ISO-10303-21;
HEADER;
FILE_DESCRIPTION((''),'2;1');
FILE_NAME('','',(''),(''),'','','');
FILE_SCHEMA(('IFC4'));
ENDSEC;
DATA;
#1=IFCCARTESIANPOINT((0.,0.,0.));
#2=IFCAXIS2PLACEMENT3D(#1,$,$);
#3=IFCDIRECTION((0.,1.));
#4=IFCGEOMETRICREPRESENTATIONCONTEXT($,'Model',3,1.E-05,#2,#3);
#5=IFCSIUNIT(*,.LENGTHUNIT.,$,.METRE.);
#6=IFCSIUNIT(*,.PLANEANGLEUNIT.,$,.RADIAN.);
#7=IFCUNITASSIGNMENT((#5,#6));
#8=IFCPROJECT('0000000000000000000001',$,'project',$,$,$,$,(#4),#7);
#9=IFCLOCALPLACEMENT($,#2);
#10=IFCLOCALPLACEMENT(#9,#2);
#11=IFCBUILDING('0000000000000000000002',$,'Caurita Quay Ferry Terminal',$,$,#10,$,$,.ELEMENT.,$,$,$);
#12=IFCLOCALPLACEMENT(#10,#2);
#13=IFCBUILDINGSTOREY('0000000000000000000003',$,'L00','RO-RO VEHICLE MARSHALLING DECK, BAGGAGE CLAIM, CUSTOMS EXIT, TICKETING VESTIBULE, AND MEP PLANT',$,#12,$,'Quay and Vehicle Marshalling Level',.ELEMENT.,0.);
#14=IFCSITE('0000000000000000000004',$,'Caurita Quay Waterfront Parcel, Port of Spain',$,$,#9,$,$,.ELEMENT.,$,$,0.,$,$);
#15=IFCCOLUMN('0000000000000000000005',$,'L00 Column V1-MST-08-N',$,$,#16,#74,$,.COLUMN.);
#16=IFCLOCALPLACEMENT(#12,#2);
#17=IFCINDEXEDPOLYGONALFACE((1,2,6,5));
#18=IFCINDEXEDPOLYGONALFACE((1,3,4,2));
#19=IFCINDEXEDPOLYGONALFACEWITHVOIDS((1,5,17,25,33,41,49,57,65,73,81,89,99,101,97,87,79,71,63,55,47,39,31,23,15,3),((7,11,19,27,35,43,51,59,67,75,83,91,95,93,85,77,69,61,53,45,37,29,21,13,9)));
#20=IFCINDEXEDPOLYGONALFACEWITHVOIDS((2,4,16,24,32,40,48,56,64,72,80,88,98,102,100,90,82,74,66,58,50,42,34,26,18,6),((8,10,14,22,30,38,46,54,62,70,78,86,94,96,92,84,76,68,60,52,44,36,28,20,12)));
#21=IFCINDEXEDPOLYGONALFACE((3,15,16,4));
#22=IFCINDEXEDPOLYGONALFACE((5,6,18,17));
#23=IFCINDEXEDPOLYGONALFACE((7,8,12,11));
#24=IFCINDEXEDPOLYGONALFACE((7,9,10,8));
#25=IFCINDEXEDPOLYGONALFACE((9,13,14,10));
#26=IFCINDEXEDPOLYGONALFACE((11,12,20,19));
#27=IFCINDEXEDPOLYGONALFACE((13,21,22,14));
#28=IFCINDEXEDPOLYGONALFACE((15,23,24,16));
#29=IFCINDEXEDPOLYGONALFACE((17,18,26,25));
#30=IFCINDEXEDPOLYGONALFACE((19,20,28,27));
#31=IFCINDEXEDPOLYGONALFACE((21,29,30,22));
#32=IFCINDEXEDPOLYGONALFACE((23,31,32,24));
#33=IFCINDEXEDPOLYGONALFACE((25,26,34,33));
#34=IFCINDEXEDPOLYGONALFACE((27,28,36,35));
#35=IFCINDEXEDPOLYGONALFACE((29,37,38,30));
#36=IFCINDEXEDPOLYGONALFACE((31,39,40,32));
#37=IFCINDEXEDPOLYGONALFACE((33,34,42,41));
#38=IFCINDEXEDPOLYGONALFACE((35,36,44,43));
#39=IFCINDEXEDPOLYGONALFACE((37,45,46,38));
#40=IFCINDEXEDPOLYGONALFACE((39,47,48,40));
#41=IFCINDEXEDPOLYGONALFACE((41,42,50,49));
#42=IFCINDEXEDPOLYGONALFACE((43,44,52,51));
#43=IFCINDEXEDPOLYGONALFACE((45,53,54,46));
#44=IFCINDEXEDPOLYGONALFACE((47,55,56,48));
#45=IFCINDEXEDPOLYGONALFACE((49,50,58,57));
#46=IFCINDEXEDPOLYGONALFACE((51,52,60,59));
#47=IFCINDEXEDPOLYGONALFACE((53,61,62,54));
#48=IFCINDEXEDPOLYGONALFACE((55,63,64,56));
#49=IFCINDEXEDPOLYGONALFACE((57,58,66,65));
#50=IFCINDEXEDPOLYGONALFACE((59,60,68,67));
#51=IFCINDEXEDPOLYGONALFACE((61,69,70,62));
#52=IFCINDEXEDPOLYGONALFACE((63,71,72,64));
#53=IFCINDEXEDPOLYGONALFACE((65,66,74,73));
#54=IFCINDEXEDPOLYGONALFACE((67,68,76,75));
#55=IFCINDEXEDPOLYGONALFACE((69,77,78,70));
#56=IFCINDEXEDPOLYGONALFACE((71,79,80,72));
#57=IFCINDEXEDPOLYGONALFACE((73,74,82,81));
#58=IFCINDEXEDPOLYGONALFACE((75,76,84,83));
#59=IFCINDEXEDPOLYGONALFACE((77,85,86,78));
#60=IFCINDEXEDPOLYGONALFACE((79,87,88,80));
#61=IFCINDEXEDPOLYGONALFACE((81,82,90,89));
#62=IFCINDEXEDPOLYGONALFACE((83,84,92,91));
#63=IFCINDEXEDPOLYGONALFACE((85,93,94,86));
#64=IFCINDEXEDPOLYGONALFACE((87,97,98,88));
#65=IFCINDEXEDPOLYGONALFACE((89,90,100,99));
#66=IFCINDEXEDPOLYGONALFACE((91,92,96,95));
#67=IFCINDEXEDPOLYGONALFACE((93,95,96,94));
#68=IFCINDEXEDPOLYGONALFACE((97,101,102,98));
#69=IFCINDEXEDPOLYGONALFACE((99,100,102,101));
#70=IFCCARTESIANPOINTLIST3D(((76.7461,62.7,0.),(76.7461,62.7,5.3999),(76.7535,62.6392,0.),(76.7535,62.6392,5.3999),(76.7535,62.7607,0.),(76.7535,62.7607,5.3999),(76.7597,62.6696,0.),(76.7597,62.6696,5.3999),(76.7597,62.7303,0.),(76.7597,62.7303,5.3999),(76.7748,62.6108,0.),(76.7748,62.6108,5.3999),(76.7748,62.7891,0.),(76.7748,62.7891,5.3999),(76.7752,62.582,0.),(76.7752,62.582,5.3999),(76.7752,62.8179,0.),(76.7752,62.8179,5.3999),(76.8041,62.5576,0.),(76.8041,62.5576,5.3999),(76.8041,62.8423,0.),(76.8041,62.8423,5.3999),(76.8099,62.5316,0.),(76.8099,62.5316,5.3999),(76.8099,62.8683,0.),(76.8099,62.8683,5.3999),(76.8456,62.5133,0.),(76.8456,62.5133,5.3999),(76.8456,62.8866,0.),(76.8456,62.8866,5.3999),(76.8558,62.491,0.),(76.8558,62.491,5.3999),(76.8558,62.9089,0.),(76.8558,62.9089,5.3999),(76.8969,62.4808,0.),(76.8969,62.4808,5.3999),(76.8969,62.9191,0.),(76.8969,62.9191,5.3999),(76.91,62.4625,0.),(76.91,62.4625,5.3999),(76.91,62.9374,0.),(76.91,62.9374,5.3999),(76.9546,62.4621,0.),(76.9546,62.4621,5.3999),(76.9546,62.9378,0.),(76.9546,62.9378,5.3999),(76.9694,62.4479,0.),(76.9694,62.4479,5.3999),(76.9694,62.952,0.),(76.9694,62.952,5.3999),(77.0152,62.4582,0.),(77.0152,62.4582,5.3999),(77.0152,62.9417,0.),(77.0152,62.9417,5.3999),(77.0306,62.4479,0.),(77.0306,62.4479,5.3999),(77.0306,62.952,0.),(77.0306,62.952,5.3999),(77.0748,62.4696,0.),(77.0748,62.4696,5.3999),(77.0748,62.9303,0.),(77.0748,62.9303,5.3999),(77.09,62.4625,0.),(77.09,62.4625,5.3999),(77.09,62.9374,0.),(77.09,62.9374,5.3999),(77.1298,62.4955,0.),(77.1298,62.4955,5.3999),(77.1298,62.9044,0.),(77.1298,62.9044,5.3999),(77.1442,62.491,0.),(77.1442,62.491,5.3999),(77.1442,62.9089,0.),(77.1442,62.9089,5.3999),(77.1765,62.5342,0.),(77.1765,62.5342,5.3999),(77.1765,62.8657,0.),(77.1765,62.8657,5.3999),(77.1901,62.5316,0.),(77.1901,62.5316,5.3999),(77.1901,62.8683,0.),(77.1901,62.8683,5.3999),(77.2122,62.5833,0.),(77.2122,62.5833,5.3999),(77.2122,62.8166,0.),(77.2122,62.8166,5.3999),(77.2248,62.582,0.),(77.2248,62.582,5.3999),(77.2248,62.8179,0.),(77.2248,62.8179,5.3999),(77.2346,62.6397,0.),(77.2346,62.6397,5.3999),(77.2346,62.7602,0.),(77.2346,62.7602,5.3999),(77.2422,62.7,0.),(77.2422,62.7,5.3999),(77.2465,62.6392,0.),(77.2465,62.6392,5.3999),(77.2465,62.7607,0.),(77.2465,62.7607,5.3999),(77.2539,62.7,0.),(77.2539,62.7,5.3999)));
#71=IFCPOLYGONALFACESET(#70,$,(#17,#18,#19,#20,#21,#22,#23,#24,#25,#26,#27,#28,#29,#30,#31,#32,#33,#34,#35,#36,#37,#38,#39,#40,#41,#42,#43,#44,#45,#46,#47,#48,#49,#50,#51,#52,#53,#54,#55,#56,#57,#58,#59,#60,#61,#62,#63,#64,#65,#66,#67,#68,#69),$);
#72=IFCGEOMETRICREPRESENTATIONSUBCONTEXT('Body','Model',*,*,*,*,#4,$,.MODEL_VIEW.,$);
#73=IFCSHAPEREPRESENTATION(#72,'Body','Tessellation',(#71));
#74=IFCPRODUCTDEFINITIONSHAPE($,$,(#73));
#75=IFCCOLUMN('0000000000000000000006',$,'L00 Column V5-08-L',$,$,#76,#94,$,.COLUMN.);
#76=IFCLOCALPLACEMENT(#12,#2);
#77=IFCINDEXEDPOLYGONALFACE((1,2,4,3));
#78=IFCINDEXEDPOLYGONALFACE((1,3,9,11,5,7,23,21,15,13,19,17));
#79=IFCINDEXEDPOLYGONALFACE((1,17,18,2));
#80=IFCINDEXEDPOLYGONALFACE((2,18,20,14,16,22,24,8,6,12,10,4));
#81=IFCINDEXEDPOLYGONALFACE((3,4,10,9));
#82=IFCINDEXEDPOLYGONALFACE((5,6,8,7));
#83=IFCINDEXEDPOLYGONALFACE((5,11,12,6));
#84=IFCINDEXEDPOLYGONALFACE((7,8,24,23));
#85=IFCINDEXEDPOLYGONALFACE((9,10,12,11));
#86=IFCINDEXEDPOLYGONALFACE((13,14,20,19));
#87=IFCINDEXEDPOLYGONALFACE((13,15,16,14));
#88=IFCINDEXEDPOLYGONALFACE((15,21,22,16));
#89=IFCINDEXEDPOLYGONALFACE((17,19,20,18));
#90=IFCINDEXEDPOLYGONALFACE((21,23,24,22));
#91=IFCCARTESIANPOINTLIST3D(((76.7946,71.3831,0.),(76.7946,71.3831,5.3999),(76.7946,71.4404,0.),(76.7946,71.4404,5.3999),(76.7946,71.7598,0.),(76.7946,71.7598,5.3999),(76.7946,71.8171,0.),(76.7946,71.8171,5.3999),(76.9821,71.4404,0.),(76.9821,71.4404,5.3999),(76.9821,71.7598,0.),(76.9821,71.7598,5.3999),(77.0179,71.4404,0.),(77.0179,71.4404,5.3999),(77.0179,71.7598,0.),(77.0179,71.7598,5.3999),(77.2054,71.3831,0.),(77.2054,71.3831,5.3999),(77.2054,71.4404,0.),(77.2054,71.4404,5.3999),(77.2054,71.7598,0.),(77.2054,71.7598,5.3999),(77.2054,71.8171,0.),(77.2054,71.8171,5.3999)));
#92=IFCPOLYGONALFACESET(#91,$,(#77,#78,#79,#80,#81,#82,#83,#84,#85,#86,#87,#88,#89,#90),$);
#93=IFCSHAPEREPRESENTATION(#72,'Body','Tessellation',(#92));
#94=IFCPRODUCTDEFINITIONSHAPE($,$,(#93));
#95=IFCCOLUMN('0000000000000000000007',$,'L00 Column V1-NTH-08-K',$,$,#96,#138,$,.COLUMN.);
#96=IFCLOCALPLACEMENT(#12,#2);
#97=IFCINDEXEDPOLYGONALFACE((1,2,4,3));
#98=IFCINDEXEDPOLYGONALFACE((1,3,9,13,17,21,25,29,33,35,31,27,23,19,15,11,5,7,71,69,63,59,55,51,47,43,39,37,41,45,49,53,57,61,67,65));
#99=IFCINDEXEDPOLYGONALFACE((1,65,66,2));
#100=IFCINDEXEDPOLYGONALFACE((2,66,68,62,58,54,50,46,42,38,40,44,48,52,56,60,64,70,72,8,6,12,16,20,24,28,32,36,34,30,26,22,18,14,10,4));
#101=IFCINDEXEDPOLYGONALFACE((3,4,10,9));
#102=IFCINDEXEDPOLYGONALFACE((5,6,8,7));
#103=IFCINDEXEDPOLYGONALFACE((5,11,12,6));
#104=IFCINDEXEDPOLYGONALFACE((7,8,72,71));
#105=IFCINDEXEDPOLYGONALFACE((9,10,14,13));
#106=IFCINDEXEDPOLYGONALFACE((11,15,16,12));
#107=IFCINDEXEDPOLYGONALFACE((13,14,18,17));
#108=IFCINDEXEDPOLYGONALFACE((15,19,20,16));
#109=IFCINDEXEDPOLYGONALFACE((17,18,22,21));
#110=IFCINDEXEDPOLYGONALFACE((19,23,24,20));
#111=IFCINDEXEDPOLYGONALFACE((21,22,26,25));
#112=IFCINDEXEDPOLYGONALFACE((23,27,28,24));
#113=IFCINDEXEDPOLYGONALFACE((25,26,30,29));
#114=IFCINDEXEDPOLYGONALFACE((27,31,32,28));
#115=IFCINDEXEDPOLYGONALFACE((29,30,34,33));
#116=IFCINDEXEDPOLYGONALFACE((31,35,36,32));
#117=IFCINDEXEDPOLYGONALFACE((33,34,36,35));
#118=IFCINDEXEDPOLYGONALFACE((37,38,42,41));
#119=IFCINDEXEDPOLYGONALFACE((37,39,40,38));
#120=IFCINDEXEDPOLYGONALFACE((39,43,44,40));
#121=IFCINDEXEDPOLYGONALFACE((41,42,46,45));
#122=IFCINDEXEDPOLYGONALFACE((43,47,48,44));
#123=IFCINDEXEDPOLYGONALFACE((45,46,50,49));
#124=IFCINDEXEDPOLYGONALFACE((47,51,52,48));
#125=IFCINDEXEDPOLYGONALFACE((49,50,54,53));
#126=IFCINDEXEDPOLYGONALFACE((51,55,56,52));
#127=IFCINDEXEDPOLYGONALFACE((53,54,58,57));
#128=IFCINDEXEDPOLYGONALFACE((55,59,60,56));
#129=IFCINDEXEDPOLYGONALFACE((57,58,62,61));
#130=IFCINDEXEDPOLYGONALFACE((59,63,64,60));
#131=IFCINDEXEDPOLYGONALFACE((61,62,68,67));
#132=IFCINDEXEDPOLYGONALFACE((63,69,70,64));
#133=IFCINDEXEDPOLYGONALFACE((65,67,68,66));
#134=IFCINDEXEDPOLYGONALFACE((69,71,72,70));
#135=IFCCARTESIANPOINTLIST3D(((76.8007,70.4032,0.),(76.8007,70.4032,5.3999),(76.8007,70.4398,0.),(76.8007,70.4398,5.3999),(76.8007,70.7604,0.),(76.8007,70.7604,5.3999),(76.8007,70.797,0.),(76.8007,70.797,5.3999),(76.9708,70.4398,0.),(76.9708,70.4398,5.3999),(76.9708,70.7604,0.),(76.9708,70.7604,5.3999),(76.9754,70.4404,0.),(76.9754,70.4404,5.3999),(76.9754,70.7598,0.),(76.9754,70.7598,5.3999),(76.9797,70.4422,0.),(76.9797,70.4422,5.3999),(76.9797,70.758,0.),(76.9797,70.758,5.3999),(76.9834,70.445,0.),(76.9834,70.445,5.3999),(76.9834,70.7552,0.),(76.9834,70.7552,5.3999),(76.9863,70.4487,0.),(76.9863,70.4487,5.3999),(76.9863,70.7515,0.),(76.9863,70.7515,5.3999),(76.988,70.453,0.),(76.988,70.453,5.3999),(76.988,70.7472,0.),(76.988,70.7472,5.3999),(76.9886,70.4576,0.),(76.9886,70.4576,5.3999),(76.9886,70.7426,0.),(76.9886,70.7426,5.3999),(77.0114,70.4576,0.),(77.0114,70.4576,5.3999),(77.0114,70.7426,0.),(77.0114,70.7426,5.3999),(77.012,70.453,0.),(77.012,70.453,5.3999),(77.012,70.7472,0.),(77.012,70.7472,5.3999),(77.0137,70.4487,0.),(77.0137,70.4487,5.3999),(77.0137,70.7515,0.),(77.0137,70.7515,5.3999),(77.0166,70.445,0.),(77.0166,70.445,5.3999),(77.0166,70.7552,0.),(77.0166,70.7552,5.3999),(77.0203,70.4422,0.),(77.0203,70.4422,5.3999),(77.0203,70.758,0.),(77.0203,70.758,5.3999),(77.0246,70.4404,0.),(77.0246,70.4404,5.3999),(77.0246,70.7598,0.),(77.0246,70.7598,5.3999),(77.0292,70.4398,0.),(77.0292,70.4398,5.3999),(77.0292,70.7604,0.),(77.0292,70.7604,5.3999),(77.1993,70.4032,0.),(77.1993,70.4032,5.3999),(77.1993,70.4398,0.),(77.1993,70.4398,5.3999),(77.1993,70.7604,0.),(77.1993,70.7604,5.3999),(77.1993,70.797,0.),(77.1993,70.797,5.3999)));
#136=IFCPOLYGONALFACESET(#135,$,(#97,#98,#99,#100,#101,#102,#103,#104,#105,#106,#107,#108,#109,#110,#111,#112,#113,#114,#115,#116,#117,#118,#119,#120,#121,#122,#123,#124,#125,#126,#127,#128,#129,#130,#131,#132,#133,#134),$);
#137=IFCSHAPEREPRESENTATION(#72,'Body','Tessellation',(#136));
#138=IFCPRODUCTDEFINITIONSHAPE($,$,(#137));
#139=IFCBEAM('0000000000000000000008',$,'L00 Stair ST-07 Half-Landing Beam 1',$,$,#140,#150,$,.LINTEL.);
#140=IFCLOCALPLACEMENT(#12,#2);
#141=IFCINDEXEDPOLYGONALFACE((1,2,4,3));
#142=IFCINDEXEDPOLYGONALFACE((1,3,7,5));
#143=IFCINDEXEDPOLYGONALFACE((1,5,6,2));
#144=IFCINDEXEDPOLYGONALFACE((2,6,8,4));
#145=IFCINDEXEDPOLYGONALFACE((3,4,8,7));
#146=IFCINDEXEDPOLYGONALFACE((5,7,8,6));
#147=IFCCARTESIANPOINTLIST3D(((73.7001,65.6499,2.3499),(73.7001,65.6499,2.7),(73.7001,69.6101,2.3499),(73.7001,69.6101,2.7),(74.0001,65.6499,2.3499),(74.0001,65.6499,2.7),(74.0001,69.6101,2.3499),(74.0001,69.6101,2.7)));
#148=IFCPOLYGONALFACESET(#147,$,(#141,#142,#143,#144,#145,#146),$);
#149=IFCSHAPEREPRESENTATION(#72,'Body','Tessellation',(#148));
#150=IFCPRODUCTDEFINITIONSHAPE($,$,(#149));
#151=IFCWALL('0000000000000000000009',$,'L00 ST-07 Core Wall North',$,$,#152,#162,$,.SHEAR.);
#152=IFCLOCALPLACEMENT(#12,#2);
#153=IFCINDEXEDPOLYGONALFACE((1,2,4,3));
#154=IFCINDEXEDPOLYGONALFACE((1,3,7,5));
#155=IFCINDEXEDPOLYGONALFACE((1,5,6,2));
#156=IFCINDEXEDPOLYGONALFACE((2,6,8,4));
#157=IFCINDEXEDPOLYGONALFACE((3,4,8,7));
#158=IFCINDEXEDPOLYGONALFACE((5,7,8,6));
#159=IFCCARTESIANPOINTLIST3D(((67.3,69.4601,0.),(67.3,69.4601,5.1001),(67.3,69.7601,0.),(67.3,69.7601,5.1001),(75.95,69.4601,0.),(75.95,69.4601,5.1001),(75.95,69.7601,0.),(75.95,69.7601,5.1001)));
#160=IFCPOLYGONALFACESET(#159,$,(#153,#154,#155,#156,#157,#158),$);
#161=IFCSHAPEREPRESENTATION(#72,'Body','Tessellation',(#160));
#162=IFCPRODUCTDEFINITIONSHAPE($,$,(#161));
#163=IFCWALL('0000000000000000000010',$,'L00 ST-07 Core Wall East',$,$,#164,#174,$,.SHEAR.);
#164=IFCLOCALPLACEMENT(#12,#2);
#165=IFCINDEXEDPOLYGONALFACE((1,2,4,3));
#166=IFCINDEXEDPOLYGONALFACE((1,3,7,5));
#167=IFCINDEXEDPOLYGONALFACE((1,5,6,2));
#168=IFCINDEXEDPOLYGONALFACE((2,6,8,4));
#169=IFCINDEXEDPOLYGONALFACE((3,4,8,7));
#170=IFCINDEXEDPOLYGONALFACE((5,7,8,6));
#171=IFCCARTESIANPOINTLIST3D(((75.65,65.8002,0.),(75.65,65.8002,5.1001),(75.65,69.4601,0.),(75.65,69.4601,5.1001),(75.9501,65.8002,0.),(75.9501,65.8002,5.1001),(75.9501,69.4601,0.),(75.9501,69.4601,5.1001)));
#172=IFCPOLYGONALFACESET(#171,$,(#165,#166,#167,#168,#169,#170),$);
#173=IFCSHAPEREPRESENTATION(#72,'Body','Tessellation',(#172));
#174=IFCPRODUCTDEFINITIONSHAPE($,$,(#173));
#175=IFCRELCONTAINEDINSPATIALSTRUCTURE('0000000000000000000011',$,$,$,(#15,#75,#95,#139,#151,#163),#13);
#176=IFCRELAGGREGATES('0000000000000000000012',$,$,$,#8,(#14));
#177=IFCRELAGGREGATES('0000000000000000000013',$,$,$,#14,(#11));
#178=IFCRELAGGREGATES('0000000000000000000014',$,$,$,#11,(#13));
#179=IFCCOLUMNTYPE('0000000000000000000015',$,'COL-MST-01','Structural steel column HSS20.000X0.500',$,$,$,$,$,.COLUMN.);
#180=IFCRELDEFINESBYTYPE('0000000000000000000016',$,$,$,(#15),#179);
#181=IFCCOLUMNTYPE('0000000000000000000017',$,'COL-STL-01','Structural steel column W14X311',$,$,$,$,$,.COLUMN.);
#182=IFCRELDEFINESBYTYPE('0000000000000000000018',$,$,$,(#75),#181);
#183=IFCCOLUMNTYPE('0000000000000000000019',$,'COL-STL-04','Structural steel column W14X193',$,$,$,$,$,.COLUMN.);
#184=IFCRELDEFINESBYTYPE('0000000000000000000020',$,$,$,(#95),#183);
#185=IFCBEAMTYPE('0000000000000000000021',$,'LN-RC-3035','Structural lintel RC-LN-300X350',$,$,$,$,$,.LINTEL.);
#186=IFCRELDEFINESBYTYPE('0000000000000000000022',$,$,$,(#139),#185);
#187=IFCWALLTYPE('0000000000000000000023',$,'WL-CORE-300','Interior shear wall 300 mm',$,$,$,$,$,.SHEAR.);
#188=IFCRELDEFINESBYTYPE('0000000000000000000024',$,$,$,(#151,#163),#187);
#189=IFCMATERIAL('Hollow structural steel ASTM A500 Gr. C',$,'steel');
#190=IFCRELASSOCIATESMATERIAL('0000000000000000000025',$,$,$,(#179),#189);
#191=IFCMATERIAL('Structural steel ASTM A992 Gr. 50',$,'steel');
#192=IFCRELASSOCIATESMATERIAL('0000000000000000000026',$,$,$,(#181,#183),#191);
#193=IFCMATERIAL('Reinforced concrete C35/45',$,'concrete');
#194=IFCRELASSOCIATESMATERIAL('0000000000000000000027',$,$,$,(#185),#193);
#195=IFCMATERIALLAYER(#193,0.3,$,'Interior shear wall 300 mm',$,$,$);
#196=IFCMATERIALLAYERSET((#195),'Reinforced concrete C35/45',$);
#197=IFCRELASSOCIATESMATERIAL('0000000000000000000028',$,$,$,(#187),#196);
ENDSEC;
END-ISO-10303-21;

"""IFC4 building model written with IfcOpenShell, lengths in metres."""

from ifc_helpers import new_model, si_unit, direction, frame, frame_2d, origin, origin_2d, place, context, subcontext, project, spatial, rectangle, hollow_circle, i_section, extrude, material, layer, layer_set, material_profile, profile_set, type_object, element, save


model = new_model("IFC4")

# Units and contexts
model_context = context("Model", 3, precision=1e-05, world=origin(), true_north=direction((0.0, 1.0)))
body_context = subcontext(model_context, "Body", "Model", "MODEL_VIEW")
ifc_project = project(units=[si_unit("LENGTHUNIT", "METRE"), si_unit("PLANEANGLEUNIT", "RADIAN")], contexts=[model_context])

# Site, building, storey
site_placement = place(None, origin())
site = spatial("IfcSite", under=ifc_project, at=site_placement, Name="Caurita Quay Waterfront Parcel, Port of Spain", CompositionType="ELEMENT", RefElevation=0.0)
building_placement = place(site_placement, origin())
building = spatial("IfcBuilding", under=site, at=building_placement, Name="Caurita Quay Ferry Terminal", CompositionType="ELEMENT")
storey_placement = place(building_placement, origin())
storey = spatial("IfcBuildingStorey", under=building, at=storey_placement, Name="L00", Description="RO-RO VEHICLE MARSHALLING DECK, BAGGAGE CLAIM, CUSTOMS EXIT, TICKETING VESTIBULE, AND MEP PLANT", LongName="Quay and Vehicle Marshalling Level", CompositionType="ELEMENT", Elevation=0.0)

# Columns
ifc_material_1 = material(Name="Hollow structural steel ASTM A500 Gr. C", Category="steel")
ifc_material_profile_1 = material_profile(ifc_material_1, hollow_circle(Radius=0.2539, WallThickness=0.0117, at=origin_2d()), Name="HSS20.000X0.500")
ifc_profile_set_1 = profile_set([ifc_material_profile_1], Name="Hollow structural steel ASTM A500 Gr. C")
column_type_1 = type_object("IfcColumnType", Name="COL-MST-01", Description="Structural steel column HSS20.000X0.500", PredefinedType="COLUMN", material=ifc_profile_set_1)
column_1_placement = place(storey_placement, frame((77.0, 62.7, 0.0), z_axis=(0.0, 0.0, 1.0), x_axis=(1.0, 0.0, 0.0)))
element("IfcColumn", 1, at=column_1_placement, inside=storey, type_object=column_type_1, Name="L00 Column V1-MST-08-N", PredefinedType="COLUMN", context=body_context, shape_type="SweptSolid", body=[
    extrude(hollow_circle(Radius=0.2539, WallThickness=0.0117, at=origin_2d()), origin(), (0.0, 0.0, 1.0), 5.3999),
])
ifc_material_2 = material(Name="Structural steel ASTM A992 Gr. 50", Category="steel")
ifc_material_profile_2 = material_profile(ifc_material_2, i_section(OverallWidth=0.4109, OverallDepth=0.4341, WebThickness=0.0359, FlangeThickness=0.0574, at=origin_2d()), Name="W14X311")
ifc_profile_set_2 = profile_set([ifc_material_profile_2], Name="Structural steel ASTM A992 Gr. 50")
column_type_2 = type_object("IfcColumnType", Name="COL-STL-01", Description="Structural steel column W14X311", PredefinedType="COLUMN", material=ifc_profile_set_2)
column_2_placement = place(storey_placement, frame((77.0, 71.6001, 0.0), z_axis=(0.0, 0.0, 1.0), x_axis=(1.0, 0.0, 0.0)))
element("IfcColumn", 2, at=column_2_placement, inside=storey, type_object=column_type_2, Name="L00 Column V5-08-L", PredefinedType="COLUMN", context=body_context, shape_type="SweptSolid", body=[
    extrude(i_section(OverallWidth=0.4109, OverallDepth=0.4341, WebThickness=0.0359, FlangeThickness=0.0574, at=origin_2d()), origin(), (0.0, 0.0, 1.0), 5.3999),
])
ifc_material_profile_3 = material_profile(ifc_material_2, i_section(OverallWidth=0.3987, OverallDepth=0.3938, WebThickness=0.0227, FlangeThickness=0.0366, FilletRadius=0.0178, at=origin_2d()), Name="W14X193")
ifc_profile_set_3 = profile_set([ifc_material_profile_3], Name="Structural steel ASTM A992 Gr. 50")
column_type_3 = type_object("IfcColumnType", Name="COL-STL-04", Description="Structural steel column W14X193", PredefinedType="COLUMN", material=ifc_profile_set_3)
column_3_placement = place(storey_placement, frame((77.0, 70.6001, 0.0), z_axis=(0.0, 0.0, 1.0), x_axis=(1.0, 0.0, 0.0)))
element("IfcColumn", 3, at=column_3_placement, inside=storey, type_object=column_type_3, Name="L00 Column V1-NTH-08-K", PredefinedType="COLUMN", context=body_context, shape_type="SweptSolid", body=[
    extrude(i_section(OverallWidth=0.3987, OverallDepth=0.3938, WebThickness=0.0227, FlangeThickness=0.0366, FilletRadius=0.0178, at=origin_2d()), origin(), (0.0, 0.0, 1.0), 5.3999),
])

# Beam
ifc_material_3 = material(Name="Reinforced concrete C35/45", Category="concrete")
ifc_material_profile_4 = material_profile(ifc_material_3, rectangle(XDim=0.3, YDim=0.3501, at=origin_2d()), Name="RC-LN-300X350")
ifc_profile_set_4 = profile_set([ifc_material_profile_4], Name="Reinforced concrete C35/45")
beam_type = type_object("IfcBeamType", Name="LN-RC-3035", Description="Structural lintel RC-LN-300X350", PredefinedType="LINTEL", material=ifc_profile_set_4)
beam_placement = place(storey_placement, frame((73.8501, 65.6499, 2.5249), z_axis=(0.0, 1.0, 0.0), x_axis=(-1.0, 0.0, 0.0)))
element("IfcBeam", 4, at=beam_placement, inside=storey, type_object=beam_type, Name="L00 Stair ST-07 Half-Landing Beam 1", PredefinedType="LINTEL", context=body_context, shape_type="SweptSolid", body=[
    extrude(rectangle(XDim=0.3, YDim=0.3501, at=origin_2d()), origin(), (0.0, 0.0, 1.0), 3.9602),
])

# Walls
ifc_layer_1 = layer(ifc_material_3, 0.3, Name="Interior shear wall 300 mm")
ifc_layer_set_1 = layer_set([ifc_layer_1], Name="Reinforced concrete C35/45")
wall_type_1 = type_object("IfcWallType", Name="WL-CORE-300", Description="Interior shear wall 300 mm", PredefinedType="SHEAR", material=ifc_layer_set_1)
wall_1_placement = place(storey_placement, frame((75.95, 69.6101, 0.0), z_axis=(0.0, 0.0, 1.0), x_axis=(-1.0, 0.0, 0.0)))
element("IfcWall", 5, at=wall_1_placement, inside=storey, type_object=wall_type_1, Name="L00 ST-07 Core Wall North", PredefinedType="SHEAR", context=body_context, shape_type="SweptSolid", body=[
    extrude(rectangle(XDim=8.6499, YDim=0.3, at=frame_2d((4.325, 0.0))), origin(), (0.0, 0.0, 1.0), 5.1001),
])
wall_2_placement = place(storey_placement, frame((75.8, 65.8, 0.0), z_axis=(0.0, 0.0, 1.0), x_axis=(0.0, 1.0, 0.0)))
element("IfcWall", 6, at=wall_2_placement, inside=storey, type_object=wall_type_1, Name="L00 ST-07 Core Wall East", PredefinedType="SHEAR", context=body_context, shape_type="SweptSolid", body=[
    extrude(rectangle(XDim=3.6599, YDim=0.3, at=frame_2d((1.8301, 0.0))), origin(), (0.0, 0.0, 1.0), 5.1001),
])

save(model, "model.ifc")
